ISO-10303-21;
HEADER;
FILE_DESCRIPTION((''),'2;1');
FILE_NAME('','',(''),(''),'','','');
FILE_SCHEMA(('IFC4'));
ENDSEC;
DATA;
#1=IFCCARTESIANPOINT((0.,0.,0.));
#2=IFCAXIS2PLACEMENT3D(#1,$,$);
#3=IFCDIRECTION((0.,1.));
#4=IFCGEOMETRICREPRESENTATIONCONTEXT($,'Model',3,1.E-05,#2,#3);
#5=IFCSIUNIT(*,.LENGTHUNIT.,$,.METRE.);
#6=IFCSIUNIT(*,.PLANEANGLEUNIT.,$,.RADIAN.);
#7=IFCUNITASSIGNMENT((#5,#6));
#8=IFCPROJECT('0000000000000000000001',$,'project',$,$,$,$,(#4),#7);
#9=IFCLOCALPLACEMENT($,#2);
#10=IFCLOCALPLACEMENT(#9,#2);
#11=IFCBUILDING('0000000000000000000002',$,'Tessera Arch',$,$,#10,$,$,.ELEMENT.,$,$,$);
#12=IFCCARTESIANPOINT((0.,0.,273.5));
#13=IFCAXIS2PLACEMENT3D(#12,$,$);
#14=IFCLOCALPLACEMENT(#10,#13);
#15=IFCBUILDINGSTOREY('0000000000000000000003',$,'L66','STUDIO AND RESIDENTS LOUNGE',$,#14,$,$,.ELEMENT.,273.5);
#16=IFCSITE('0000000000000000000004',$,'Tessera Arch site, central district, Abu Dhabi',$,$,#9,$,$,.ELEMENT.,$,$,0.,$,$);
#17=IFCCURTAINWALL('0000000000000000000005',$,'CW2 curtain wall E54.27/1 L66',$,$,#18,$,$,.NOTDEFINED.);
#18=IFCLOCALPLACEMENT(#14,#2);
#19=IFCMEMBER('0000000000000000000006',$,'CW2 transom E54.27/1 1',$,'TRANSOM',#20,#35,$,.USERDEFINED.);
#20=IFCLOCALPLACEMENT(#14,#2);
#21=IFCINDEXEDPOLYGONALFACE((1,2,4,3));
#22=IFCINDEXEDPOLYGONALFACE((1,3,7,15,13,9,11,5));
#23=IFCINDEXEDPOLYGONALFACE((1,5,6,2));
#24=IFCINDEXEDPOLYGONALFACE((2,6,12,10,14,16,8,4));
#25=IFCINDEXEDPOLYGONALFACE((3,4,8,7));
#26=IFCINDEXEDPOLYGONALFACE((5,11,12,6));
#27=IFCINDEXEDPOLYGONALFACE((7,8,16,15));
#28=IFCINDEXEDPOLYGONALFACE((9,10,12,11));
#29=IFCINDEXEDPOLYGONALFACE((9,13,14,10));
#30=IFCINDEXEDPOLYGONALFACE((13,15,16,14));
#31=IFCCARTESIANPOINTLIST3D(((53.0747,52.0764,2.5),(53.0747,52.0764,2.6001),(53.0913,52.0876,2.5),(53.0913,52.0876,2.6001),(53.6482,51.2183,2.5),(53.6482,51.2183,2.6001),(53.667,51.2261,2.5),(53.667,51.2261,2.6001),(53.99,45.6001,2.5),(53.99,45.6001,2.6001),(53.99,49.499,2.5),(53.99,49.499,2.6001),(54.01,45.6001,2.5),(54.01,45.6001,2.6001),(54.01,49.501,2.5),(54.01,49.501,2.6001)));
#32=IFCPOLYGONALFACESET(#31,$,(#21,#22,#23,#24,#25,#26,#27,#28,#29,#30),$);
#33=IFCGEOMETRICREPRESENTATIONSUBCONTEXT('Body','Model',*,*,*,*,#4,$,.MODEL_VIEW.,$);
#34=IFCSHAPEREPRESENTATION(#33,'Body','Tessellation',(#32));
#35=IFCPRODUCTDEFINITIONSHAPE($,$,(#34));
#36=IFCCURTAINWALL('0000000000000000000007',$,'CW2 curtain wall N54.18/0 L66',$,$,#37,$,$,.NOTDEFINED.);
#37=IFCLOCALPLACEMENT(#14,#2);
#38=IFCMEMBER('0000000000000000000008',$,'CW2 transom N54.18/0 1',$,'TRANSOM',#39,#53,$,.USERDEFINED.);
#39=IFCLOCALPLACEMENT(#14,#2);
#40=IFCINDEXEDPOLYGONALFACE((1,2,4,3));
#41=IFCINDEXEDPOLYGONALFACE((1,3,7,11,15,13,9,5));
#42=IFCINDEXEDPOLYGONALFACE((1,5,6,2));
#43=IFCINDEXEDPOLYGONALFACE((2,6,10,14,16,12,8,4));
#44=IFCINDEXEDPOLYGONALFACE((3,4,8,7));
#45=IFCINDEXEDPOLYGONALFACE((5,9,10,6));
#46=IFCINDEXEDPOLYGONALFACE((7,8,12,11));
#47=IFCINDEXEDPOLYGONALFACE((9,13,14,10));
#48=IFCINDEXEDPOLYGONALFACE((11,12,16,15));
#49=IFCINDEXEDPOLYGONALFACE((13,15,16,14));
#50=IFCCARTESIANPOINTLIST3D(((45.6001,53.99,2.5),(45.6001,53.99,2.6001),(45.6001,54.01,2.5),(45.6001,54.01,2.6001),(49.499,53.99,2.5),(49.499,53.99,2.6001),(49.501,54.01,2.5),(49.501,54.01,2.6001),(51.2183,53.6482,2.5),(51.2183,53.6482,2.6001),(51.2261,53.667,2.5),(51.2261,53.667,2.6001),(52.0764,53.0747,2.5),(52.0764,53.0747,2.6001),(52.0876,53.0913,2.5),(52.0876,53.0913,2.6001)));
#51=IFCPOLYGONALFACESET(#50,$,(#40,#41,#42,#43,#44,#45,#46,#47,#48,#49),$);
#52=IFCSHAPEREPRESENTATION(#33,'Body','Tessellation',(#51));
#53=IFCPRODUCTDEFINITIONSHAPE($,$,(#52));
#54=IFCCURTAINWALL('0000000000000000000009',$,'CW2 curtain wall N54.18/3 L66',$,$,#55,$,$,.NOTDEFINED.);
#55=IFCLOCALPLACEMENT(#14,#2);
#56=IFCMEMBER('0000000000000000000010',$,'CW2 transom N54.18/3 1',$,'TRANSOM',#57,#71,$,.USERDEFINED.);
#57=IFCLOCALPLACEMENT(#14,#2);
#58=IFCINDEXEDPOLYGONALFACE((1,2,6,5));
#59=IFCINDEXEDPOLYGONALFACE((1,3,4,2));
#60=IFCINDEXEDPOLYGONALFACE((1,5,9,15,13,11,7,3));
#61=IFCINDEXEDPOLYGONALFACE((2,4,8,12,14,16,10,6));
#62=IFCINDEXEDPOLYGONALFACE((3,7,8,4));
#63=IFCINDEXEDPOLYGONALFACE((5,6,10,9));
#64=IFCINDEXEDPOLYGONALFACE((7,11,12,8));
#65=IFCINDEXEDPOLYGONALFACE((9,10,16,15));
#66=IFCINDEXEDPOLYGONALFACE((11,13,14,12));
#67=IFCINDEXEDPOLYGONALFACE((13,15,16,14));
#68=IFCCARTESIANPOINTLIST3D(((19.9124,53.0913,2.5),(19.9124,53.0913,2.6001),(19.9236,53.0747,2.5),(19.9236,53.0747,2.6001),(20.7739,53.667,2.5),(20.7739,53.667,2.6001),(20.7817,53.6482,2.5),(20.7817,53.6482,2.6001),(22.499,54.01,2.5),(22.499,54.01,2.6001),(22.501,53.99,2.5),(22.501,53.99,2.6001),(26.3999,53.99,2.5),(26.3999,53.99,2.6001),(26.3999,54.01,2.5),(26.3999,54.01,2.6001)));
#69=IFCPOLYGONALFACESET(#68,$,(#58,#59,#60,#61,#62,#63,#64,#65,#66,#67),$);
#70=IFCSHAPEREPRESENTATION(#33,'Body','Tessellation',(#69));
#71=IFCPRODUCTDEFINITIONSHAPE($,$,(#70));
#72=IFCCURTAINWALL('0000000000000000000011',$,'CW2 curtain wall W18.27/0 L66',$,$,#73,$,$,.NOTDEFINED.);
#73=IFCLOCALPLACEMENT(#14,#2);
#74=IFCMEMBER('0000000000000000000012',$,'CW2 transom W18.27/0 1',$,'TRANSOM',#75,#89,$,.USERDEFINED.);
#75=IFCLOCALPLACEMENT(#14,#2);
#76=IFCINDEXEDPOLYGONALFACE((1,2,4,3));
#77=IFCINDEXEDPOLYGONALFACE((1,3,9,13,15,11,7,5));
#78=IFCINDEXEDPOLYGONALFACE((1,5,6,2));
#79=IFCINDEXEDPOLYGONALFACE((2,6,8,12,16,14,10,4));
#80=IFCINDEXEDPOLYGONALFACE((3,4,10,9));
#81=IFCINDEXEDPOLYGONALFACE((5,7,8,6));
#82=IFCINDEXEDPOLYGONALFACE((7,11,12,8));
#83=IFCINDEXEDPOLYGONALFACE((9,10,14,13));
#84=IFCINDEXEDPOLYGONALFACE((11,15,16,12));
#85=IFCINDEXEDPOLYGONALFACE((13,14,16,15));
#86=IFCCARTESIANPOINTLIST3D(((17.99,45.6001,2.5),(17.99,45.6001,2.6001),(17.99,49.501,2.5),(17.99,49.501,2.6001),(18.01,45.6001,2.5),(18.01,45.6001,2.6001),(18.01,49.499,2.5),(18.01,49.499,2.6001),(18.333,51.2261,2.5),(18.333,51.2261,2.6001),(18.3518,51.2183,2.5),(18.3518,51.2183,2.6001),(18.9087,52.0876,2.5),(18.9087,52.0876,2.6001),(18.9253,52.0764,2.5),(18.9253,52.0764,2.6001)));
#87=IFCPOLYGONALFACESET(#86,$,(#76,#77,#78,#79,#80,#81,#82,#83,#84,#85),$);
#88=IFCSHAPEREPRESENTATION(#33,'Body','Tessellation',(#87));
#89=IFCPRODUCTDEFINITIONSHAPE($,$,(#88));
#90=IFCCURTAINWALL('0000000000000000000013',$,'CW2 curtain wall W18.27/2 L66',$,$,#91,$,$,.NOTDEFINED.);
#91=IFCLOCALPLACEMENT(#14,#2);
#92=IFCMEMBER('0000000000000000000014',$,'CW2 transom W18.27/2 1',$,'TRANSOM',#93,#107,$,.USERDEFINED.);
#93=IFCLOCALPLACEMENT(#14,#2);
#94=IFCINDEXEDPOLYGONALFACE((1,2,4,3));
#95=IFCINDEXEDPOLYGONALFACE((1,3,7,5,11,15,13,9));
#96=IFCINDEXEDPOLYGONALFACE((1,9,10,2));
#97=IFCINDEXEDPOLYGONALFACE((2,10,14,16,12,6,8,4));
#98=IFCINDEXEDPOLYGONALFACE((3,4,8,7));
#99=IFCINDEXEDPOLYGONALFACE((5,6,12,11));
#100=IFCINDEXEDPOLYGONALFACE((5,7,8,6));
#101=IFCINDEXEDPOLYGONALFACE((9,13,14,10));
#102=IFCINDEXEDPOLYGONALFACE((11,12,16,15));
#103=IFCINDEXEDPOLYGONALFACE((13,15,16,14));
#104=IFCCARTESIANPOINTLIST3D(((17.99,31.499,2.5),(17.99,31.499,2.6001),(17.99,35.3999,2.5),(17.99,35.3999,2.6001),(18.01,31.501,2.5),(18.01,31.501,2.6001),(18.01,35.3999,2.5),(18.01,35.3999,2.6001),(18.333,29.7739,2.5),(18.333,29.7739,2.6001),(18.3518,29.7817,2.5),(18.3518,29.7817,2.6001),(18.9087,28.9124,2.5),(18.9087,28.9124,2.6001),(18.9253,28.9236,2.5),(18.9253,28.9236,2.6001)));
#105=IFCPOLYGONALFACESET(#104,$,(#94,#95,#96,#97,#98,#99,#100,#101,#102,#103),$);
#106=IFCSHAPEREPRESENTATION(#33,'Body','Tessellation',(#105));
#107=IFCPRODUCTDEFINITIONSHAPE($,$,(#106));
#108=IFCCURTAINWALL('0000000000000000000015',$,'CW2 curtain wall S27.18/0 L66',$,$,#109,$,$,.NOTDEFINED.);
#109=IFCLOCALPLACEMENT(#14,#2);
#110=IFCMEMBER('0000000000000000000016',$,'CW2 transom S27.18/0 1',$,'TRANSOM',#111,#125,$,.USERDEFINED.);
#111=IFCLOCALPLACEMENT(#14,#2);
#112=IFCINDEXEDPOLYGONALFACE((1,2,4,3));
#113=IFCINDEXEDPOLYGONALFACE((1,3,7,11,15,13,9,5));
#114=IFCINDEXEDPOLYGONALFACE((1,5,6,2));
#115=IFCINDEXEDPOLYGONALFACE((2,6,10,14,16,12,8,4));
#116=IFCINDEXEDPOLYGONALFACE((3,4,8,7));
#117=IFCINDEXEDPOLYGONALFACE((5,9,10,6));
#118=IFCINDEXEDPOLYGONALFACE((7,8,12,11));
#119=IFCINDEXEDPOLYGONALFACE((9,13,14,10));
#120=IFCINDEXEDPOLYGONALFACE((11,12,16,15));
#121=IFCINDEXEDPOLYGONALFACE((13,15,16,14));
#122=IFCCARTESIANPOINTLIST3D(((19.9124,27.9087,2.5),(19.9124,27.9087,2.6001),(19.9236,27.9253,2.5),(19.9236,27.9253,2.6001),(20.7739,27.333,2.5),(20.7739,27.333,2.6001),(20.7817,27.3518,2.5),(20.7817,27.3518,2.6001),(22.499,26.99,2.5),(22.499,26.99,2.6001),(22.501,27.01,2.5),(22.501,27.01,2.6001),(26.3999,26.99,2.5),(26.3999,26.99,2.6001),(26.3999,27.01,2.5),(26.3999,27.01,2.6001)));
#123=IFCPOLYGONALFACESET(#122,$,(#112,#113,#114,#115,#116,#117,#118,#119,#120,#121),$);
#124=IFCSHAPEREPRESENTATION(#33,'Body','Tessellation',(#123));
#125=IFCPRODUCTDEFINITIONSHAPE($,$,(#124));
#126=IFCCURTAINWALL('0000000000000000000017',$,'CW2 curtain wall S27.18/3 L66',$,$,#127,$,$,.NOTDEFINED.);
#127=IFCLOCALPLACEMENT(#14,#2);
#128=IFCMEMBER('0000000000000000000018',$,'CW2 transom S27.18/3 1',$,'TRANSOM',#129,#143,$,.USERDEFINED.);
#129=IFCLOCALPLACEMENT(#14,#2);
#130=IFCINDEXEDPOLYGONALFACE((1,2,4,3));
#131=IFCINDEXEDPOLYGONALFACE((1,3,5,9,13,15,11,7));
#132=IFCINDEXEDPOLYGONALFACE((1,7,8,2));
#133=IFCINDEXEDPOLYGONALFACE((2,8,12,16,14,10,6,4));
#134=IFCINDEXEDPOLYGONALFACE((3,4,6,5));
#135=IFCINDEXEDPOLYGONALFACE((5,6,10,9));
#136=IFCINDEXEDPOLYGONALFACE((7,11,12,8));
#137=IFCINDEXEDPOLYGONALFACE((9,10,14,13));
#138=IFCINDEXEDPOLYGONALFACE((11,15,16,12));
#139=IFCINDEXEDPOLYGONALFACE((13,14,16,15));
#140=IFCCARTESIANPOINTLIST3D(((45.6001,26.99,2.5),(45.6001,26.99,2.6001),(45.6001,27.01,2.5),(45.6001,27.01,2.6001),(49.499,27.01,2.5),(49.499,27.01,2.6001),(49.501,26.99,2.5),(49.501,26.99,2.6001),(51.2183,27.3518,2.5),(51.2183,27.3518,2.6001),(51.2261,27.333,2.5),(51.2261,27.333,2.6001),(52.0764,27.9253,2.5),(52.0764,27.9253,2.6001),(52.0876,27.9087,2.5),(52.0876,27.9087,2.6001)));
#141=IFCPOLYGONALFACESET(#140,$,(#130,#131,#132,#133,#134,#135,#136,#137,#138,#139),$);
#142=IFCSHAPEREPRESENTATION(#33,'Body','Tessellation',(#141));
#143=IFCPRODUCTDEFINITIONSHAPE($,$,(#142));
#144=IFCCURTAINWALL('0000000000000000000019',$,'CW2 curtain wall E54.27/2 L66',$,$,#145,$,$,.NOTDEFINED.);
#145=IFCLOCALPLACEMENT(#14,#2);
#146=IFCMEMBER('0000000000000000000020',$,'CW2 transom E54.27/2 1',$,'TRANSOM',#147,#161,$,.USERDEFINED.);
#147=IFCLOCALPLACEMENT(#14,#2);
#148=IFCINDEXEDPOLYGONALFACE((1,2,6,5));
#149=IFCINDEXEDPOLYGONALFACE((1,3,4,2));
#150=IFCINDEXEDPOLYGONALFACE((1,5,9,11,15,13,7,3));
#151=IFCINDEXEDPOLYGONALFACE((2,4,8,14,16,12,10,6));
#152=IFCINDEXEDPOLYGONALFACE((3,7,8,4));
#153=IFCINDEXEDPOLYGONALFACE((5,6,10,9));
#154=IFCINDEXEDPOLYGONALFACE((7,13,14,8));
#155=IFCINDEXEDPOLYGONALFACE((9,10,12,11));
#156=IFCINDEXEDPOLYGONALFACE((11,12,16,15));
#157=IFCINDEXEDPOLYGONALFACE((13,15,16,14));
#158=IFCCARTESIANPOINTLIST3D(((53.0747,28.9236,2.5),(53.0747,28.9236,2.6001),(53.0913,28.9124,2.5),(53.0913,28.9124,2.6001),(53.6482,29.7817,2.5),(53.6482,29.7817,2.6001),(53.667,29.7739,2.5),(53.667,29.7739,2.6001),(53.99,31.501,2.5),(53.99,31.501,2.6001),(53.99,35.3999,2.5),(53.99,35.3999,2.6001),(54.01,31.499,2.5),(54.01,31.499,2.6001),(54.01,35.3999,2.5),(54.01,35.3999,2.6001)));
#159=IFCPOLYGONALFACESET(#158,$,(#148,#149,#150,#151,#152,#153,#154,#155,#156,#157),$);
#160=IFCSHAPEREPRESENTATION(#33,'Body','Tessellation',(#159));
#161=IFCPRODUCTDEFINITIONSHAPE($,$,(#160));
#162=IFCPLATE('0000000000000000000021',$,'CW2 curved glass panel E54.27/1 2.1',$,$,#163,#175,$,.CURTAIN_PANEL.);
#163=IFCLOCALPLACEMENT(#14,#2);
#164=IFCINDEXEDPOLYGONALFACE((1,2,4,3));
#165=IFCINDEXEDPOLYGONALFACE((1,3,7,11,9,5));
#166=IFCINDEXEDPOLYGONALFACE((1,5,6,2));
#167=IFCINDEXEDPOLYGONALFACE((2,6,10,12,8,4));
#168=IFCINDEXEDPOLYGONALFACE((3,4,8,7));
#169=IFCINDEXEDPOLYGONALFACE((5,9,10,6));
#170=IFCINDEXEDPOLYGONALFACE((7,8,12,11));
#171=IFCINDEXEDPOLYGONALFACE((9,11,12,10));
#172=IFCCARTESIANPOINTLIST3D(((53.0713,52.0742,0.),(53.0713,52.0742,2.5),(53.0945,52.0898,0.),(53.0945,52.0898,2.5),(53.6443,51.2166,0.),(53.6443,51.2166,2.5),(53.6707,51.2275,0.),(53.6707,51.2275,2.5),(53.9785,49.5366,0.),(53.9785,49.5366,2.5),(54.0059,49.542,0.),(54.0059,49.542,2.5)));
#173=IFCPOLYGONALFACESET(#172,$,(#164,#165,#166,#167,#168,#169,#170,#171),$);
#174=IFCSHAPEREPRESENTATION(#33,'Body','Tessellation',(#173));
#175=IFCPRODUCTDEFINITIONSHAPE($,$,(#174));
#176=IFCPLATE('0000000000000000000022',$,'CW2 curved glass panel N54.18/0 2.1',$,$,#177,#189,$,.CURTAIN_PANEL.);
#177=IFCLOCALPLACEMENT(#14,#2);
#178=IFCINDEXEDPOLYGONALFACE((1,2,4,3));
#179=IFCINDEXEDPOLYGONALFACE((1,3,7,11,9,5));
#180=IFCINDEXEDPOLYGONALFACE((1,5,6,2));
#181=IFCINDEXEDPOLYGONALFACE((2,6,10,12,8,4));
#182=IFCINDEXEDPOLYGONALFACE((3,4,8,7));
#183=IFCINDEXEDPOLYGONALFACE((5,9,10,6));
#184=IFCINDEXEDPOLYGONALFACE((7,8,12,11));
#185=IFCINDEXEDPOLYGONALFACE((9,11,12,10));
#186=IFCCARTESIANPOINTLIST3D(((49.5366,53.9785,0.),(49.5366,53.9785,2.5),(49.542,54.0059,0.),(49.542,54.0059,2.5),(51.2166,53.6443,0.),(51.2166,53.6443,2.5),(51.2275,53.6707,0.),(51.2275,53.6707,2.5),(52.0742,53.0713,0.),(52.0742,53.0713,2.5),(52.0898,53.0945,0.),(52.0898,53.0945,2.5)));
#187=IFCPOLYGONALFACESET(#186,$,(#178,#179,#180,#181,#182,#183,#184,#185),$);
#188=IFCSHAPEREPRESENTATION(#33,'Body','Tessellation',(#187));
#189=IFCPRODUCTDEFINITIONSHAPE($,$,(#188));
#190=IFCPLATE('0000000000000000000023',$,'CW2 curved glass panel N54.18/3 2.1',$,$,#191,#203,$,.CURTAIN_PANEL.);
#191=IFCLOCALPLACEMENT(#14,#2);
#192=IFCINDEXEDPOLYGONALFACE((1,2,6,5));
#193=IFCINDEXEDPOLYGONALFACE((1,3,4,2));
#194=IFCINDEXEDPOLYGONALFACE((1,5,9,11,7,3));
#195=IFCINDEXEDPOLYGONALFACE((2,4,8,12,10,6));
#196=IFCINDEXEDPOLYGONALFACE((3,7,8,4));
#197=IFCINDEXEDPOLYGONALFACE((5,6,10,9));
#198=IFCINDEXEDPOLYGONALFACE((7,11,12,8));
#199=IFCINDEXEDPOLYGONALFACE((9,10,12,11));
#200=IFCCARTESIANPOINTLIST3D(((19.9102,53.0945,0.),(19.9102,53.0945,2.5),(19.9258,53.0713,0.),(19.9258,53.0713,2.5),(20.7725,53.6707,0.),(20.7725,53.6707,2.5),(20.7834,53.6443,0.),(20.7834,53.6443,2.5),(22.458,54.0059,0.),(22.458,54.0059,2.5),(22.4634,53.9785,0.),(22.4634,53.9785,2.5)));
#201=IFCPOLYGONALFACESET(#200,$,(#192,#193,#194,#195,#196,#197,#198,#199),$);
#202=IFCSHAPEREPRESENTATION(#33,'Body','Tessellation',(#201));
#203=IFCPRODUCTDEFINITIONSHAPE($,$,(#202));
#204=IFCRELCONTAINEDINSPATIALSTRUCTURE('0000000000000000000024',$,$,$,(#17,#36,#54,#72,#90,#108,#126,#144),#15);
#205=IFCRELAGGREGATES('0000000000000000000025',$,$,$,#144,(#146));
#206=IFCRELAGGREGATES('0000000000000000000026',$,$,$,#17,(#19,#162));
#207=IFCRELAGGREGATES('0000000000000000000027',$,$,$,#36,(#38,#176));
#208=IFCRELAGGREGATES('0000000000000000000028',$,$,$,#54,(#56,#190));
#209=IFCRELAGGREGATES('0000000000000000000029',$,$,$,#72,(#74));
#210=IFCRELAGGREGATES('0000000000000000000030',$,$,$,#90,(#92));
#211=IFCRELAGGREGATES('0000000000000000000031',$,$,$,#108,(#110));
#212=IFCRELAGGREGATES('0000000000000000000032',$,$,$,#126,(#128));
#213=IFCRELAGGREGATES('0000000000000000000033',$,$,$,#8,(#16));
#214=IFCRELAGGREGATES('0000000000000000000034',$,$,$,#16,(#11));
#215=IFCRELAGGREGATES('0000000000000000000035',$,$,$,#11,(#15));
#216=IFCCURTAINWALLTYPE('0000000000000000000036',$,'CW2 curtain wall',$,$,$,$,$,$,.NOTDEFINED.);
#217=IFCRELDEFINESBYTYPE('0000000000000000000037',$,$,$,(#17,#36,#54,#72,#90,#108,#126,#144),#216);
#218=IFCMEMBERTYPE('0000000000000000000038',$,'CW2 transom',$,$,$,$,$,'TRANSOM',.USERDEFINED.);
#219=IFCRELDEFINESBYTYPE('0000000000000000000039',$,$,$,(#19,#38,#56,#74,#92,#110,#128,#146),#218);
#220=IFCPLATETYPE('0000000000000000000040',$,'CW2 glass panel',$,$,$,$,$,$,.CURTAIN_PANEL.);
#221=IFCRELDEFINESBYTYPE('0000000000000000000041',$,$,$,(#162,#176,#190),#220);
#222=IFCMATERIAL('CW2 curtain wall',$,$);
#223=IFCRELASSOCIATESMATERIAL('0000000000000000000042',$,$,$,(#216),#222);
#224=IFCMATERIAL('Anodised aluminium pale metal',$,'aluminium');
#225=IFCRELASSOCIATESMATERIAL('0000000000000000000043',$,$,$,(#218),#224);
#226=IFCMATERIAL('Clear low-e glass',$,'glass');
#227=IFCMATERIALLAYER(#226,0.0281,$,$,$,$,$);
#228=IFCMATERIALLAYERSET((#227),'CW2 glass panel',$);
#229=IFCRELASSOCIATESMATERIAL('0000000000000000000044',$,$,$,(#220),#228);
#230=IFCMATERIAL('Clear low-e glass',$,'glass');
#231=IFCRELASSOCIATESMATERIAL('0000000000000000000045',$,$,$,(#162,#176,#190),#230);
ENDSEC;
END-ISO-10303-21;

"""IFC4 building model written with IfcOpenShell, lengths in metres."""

from ifc_helpers import new_model, si_unit, direction, frame, origin, origin_2d, place, context, subcontext, project, spatial, polyline, rectangle, outline, extrude, material, layer, layer_set, material_profile, profile_set, type_object, element, aggregate, save


model = new_model("IFC4")

# Units and contexts
model_context = context("Model", 3, precision=1e-05, world=origin(), true_north=direction((0.0, 1.0)))
body_context = subcontext(model_context, "Body", "Model", "MODEL_VIEW")
ifc_project = project(units=[si_unit("LENGTHUNIT", "METRE"), si_unit("PLANEANGLEUNIT", "RADIAN")], contexts=[model_context])

# Site, building, storey
site_placement = place(None, origin())
site = spatial("IfcSite", under=ifc_project, at=site_placement, Name="Tessera Arch site, central district, Abu Dhabi", CompositionType="ELEMENT", RefElevation=0.0)
building_placement = place(site_placement, origin())
building = spatial("IfcBuilding", under=site, at=building_placement, Name="Tessera Arch", CompositionType="ELEMENT")
storey_placement = place(building_placement, frame((0.0, 0.0, 273.5)))
storey = spatial("IfcBuildingStorey", under=building, at=storey_placement, Name="L66", Description="STUDIO AND RESIDENTS LOUNGE", CompositionType="ELEMENT", Elevation=273.5)

# Curtain walls, members
ifc_material_1 = material(Name="CW2 curtain wall")
curtain_wall_type = type_object("IfcCurtainWallType", Name="CW2 curtain wall", PredefinedType="NOTDEFINED", material=ifc_material_1)
curtain_wall_1_placement = place(storey_placement, origin())
curtain_wall_1 = element("IfcCurtainWall", 1, at=curtain_wall_1_placement, inside=storey, type_object=curtain_wall_type, Name="CW2 curtain wall E54.27/1 L66", PredefinedType="NOTDEFINED")
ifc_material_2 = material(Name="Anodised aluminium pale metal", Category="aluminium")
ifc_material_profile = material_profile(ifc_material_2, rectangle(XDim=0.2, YDim=0.1001, at=origin_2d()), Name="AL 200x100")
ifc_profile_set = profile_set([ifc_material_profile], Name="Anodised aluminium pale metal")
member_type = type_object("IfcMemberType", Name="CW2 transom", ElementType="TRANSOM", PredefinedType="USERDEFINED", material=ifc_profile_set)
member_1_placement = place(storey_placement, frame((0.0, 0.0, 2.5)))
member_1 = element("IfcMember", 2, at=member_1_placement, type_object=member_type, Name="CW2 transom E54.27/1 1", ObjectType="TRANSOM", PredefinedType="USERDEFINED", context=body_context, shape_type="SweptSolid", body=[
    extrude(outline(polyline([(53.99, 49.499), (53.99, 45.6001), (54.01, 45.6001), (54.01, 49.501), (53.667, 51.2261), (53.0913, 52.0876), (53.0747, 52.0764), (53.6482, 51.2183), (53.99, 49.499)])), origin(), (0.0, 0.0, 1.0), 0.1001),
])
curtain_wall_2_placement = place(storey_placement, origin())
curtain_wall_2 = element("IfcCurtainWall", 3, at=curtain_wall_2_placement, inside=storey, type_object=curtain_wall_type, Name="CW2 curtain wall N54.18/0 L66", PredefinedType="NOTDEFINED")
member_2_placement = place(storey_placement, frame((0.0, 0.0, 2.5)))
member_2 = element("IfcMember", 4, at=member_2_placement, type_object=member_type, Name="CW2 transom N54.18/0 1", ObjectType="TRANSOM", PredefinedType="USERDEFINED", context=body_context, shape_type="SweptSolid", body=[
    extrude(outline(polyline([(51.2183, 53.6482), (52.0764, 53.0747), (52.0876, 53.0913), (51.2261, 53.667), (49.501, 54.01), (45.6001, 54.01), (45.6001, 53.99), (49.499, 53.99), (51.2183, 53.6482)])), origin(), (0.0, 0.0, 1.0), 0.1001),
])
curtain_wall_3_placement = place(storey_placement, origin())
curtain_wall_3 = element("IfcCurtainWall", 5, at=curtain_wall_3_placement, inside=storey, type_object=curtain_wall_type, Name="CW2 curtain wall N54.18/3 L66", PredefinedType="NOTDEFINED")
member_3_placement = place(storey_placement, frame((0.0, 0.0, 2.5)))
member_3 = element("IfcMember", 6, at=member_3_placement, type_object=member_type, Name="CW2 transom N54.18/3 1", ObjectType="TRANSOM", PredefinedType="USERDEFINED", context=body_context, shape_type="SweptSolid", body=[
    extrude(outline(polyline([(22.501, 53.99), (26.3999, 53.99), (26.3999, 54.01), (22.499, 54.01), (20.7739, 53.667), (19.9124, 53.0913), (19.9236, 53.0747), (20.7817, 53.6482), (22.501, 53.99)])), origin(), (0.0, 0.0, 1.0), 0.1001),
])
curtain_wall_4_placement = place(storey_placement, origin())
curtain_wall_4 = element("IfcCurtainWall", 7, at=curtain_wall_4_placement, inside=storey, type_object=curtain_wall_type, Name="CW2 curtain wall W18.27/0 L66", PredefinedType="NOTDEFINED")
member_4_placement = place(storey_placement, frame((0.0, 0.0, 2.5)))
member_4 = element("IfcMember", 8, at=member_4_placement, type_object=member_type, Name="CW2 transom W18.27/0 1", ObjectType="TRANSOM", PredefinedType="USERDEFINED", context=body_context, shape_type="SweptSolid", body=[
    extrude(outline(polyline([(18.3518, 51.2183), (18.9253, 52.0764), (18.9087, 52.0876), (18.333, 51.2261), (17.99, 49.501), (17.99, 45.6001), (18.01, 45.6001), (18.01, 49.499), (18.3518, 51.2183)])), origin(), (0.0, 0.0, 1.0), 0.1001),
])
curtain_wall_5_placement = place(storey_placement, origin())
curtain_wall_5 = element("IfcCurtainWall", 9, at=curtain_wall_5_placement, inside=storey, type_object=curtain_wall_type, Name="CW2 curtain wall W18.27/2 L66", PredefinedType="NOTDEFINED")
member_5_placement = place(storey_placement, frame((0.0, 0.0, 2.5)))
member_5 = element("IfcMember", 10, at=member_5_placement, type_object=member_type, Name="CW2 transom W18.27/2 1", ObjectType="TRANSOM", PredefinedType="USERDEFINED", context=body_context, shape_type="SweptSolid", body=[
    extrude(outline(polyline([(18.01, 31.501), (18.01, 35.3999), (17.99, 35.3999), (17.99, 31.499), (18.333, 29.7739), (18.9087, 28.9124), (18.9253, 28.9236), (18.3518, 29.7817), (18.01, 31.501)])), origin(), (0.0, 0.0, 1.0), 0.1001),
])
curtain_wall_6_placement = place(storey_placement, origin())
curtain_wall_6 = element("IfcCurtainWall", 11, at=curtain_wall_6_placement, inside=storey, type_object=curtain_wall_type, Name="CW2 curtain wall S27.18/0 L66", PredefinedType="NOTDEFINED")
member_6_placement = place(storey_placement, frame((0.0, 0.0, 2.5)))
member_6 = element("IfcMember", 12, at=member_6_placement, type_object=member_type, Name="CW2 transom S27.18/0 1", ObjectType="TRANSOM", PredefinedType="USERDEFINED", context=body_context, shape_type="SweptSolid", body=[
    extrude(outline(polyline([(20.7817, 27.3518), (19.9236, 27.9253), (19.9124, 27.9087), (20.7739, 27.333), (22.499, 26.99), (26.3999, 26.99), (26.3999, 27.01), (22.501, 27.01), (20.7817, 27.3518)])), origin(), (0.0, 0.0, 1.0), 0.1001),
])
curtain_wall_7_placement = place(storey_placement, origin())
curtain_wall_7 = element("IfcCurtainWall", 13, at=curtain_wall_7_placement, inside=storey, type_object=curtain_wall_type, Name="CW2 curtain wall S27.18/3 L66", PredefinedType="NOTDEFINED")
member_7_placement = place(storey_placement, frame((0.0, 0.0, 2.5)))
member_7 = element("IfcMember", 14, at=member_7_placement, type_object=member_type, Name="CW2 transom S27.18/3 1", ObjectType="TRANSOM", PredefinedType="USERDEFINED", context=body_context, shape_type="SweptSolid", body=[
    extrude(outline(polyline([(49.499, 27.01), (45.6001, 27.01), (45.6001, 26.99), (49.501, 26.99), (51.2261, 27.333), (52.0876, 27.9087), (52.0764, 27.9253), (51.2183, 27.3518), (49.499, 27.01)])), origin(), (0.0, 0.0, 1.0), 0.1001),
])
curtain_wall_8_placement = place(storey_placement, origin())
curtain_wall_8 = element("IfcCurtainWall", 15, at=curtain_wall_8_placement, inside=storey, type_object=curtain_wall_type, Name="CW2 curtain wall E54.27/2 L66", PredefinedType="NOTDEFINED")
member_8_placement = place(storey_placement, frame((0.0, 0.0, 2.5)))
member_8 = element("IfcMember", 16, at=member_8_placement, type_object=member_type, Name="CW2 transom E54.27/2 1", ObjectType="TRANSOM", PredefinedType="USERDEFINED", context=body_context, shape_type="SweptSolid", body=[
    extrude(outline(polyline([(53.6482, 29.7817), (53.0747, 28.9236), (53.0913, 28.9124), (53.667, 29.7739), (54.01, 31.499), (54.01, 35.3999), (53.99, 35.3999), (53.99, 31.501), (53.6482, 29.7817)])), origin(), (0.0, 0.0, 1.0), 0.1001),
])
aggregate(curtain_wall_8, [member_8])

# Plates
ifc_material_3 = material(Name="Clear low-e glass", Category="glass")
ifc_material_4 = material(Name="Clear low-e glass", Category="glass")
ifc_layer_1 = layer(ifc_material_4, 0.0281)
ifc_layer_set_1 = layer_set([ifc_layer_1], Name="CW2 glass panel")
plate_type_1 = type_object("IfcPlateType", Name="CW2 glass panel", PredefinedType="CURTAIN_PANEL", material=ifc_layer_set_1)
plate_1_placement = place(storey_placement, origin())
plate_1 = element("IfcPlate", 17, at=plate_1_placement, type_object=plate_type_1, material=ifc_material_3, Name="CW2 curved glass panel E54.27/1 2.1", PredefinedType="CURTAIN_PANEL", context=body_context, shape_type="SweptSolid", body=[
    extrude(outline(polyline([(53.6443, 51.2166), (53.9785, 49.5366), (54.0059, 49.542), (53.6707, 51.2275), (53.0945, 52.0898), (53.0713, 52.0742), (53.6443, 51.2166)])), origin(), (0.0, 0.0, 1.0), 2.5),
])
plate_2_placement = place(storey_placement, origin())
plate_2 = element("IfcPlate", 18, at=plate_2_placement, type_object=plate_type_1, material=ifc_material_3, Name="CW2 curved glass panel N54.18/0 2.1", PredefinedType="CURTAIN_PANEL", context=body_context, shape_type="SweptSolid", body=[
    extrude(outline(polyline([(51.2166, 53.6443), (52.0742, 53.0713), (52.0898, 53.0945), (51.2275, 53.6707), (49.542, 54.0059), (49.5366, 53.9785), (51.2166, 53.6443)])), origin(), (0.0, 0.0, 1.0), 2.5),
])
plate_3_placement = place(storey_placement, origin())
plate_3 = element("IfcPlate", 19, at=plate_3_placement, type_object=plate_type_1, material=ifc_material_3, Name="CW2 curved glass panel N54.18/3 2.1", PredefinedType="CURTAIN_PANEL", context=body_context, shape_type="SweptSolid", body=[
    extrude(outline(polyline([(20.7834, 53.6443), (22.4634, 53.9785), (22.458, 54.0059), (20.7725, 53.6707), (19.9102, 53.0945), (19.9258, 53.0713), (20.7834, 53.6443)])), origin(), (0.0, 0.0, 1.0), 2.5),
])
aggregate(curtain_wall_1, [member_1, plate_1])
aggregate(curtain_wall_2, [member_2, plate_2])
aggregate(curtain_wall_3, [member_3, plate_3])
aggregate(curtain_wall_4, [member_4])
aggregate(curtain_wall_5, [member_5])
aggregate(curtain_wall_6, [member_6])
aggregate(curtain_wall_7, [member_7])

save(model, "model.ifc")
